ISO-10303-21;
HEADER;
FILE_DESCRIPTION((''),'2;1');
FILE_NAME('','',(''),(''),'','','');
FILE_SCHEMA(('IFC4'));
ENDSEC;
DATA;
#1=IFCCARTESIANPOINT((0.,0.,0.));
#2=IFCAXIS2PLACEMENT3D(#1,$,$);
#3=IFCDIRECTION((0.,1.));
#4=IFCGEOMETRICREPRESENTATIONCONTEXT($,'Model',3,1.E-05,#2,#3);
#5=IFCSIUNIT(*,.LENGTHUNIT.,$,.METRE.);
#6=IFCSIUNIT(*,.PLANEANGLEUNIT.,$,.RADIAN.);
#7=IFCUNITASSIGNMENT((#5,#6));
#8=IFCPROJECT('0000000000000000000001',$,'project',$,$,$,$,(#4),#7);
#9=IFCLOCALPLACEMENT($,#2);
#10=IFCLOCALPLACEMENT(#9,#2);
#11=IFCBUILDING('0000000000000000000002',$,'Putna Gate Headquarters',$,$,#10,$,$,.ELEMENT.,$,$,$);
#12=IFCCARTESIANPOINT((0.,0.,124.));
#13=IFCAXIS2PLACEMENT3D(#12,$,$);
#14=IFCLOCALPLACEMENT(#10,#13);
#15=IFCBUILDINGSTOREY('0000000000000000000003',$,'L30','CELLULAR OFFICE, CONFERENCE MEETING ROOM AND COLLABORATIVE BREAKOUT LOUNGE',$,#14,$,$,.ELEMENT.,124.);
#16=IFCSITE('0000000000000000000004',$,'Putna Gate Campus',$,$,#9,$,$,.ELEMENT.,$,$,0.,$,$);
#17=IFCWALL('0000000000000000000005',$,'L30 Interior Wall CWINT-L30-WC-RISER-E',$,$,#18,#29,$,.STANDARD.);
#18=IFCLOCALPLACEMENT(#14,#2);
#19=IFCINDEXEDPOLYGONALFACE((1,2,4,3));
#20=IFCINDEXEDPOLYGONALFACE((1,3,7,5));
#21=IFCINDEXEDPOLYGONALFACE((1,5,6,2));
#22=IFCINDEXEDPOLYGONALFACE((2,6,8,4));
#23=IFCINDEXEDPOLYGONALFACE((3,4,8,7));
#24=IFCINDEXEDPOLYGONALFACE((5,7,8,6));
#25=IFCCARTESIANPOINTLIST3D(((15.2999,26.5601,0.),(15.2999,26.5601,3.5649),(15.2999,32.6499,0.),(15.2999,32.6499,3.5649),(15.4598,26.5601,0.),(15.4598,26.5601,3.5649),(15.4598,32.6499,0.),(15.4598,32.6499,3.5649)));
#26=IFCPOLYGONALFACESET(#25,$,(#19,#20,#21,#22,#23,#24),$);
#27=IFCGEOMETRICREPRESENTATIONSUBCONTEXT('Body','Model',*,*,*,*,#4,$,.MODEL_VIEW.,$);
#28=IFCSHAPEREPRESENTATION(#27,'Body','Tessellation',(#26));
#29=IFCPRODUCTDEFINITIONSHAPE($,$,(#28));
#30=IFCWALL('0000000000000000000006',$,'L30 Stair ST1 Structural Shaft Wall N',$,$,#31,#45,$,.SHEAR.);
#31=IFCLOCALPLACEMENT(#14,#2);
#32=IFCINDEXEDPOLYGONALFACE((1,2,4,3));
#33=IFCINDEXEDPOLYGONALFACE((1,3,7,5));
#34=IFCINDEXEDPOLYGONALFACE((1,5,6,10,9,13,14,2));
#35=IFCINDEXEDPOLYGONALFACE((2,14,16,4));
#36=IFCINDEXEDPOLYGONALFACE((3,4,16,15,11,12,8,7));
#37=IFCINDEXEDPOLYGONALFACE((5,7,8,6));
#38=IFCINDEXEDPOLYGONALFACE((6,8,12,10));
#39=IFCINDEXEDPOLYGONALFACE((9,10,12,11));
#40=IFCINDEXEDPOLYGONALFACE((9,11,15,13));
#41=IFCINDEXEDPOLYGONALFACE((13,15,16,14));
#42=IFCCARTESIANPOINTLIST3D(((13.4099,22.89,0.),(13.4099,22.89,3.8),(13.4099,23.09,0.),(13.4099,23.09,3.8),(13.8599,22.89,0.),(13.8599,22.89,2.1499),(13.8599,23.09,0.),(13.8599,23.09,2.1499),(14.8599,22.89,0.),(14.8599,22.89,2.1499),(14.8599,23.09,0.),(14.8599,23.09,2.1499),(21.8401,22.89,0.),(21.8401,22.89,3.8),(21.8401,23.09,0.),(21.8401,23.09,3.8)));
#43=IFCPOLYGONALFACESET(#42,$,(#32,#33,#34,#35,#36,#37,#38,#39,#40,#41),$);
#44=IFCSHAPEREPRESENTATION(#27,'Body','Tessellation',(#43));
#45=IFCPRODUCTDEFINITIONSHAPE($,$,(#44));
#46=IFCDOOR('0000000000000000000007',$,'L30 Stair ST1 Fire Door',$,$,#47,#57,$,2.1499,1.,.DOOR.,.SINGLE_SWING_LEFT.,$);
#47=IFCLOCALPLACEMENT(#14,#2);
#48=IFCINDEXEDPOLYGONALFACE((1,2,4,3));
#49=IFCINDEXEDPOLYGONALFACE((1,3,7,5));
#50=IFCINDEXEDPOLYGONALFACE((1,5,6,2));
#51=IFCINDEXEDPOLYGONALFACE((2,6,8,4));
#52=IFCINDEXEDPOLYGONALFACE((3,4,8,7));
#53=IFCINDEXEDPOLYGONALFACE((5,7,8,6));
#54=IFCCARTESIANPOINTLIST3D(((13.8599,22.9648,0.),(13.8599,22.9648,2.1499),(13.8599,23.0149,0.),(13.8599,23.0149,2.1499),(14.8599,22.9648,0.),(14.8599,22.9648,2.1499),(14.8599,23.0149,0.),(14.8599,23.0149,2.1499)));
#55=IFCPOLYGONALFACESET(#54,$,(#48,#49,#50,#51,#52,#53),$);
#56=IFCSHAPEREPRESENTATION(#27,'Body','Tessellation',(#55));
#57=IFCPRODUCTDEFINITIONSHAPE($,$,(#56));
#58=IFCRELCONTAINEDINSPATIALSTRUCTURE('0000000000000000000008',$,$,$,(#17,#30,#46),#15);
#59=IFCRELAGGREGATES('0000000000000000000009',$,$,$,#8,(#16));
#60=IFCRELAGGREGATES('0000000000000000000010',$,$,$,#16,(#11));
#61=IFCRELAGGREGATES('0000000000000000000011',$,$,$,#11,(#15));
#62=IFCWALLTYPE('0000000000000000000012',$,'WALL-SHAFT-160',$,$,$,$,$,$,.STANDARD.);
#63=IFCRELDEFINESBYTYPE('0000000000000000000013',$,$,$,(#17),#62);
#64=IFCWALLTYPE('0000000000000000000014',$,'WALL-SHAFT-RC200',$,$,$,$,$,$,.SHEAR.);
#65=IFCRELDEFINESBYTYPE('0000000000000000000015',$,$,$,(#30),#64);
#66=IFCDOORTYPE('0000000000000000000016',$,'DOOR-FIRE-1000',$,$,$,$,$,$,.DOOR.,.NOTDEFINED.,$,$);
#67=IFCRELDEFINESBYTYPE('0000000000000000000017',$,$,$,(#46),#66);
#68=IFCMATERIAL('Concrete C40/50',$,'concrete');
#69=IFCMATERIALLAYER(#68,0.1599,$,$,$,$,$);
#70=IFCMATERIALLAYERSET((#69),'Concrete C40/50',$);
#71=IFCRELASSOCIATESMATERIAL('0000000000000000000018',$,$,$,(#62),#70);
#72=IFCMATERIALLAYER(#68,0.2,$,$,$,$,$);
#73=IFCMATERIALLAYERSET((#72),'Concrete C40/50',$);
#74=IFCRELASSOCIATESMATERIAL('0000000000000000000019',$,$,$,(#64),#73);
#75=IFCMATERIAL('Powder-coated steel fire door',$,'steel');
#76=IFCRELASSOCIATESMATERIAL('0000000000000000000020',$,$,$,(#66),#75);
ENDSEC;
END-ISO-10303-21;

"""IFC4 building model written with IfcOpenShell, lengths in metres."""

from ifc_helpers import new_model, si_unit, direction, frame, frame_2d, origin, place, context, subcontext, project, spatial, rectangle, extrude, material, layer, layer_set, type_object, element, fill, save


model = new_model("IFC4")

# Units and contexts
model_context = context("Model", 3, precision=1e-05, world=origin(), true_north=direction((0.0, 1.0)))
body_context = subcontext(model_context, "Body", "Model", "MODEL_VIEW")
ifc_project = project(units=[si_unit("LENGTHUNIT", "METRE"), si_unit("PLANEANGLEUNIT", "RADIAN")], contexts=[model_context])

# Site, building, storey
site_placement = place(None, origin())
site = spatial("IfcSite", under=ifc_project, at=site_placement, Name="Putna Gate Campus", CompositionType="ELEMENT", RefElevation=0.0)
building_placement = place(site_placement, origin())
building = spatial("IfcBuilding", under=site, at=building_placement, Name="Putna Gate Headquarters", CompositionType="ELEMENT")
storey_placement = place(building_placement, frame((0.0, 0.0, 124.0)))
storey = spatial("IfcBuildingStorey", under=building, at=storey_placement, Name="L30", Description="CELLULAR OFFICE, CONFERENCE MEETING ROOM AND COLLABORATIVE BREAKOUT LOUNGE", CompositionType="ELEMENT", Elevation=124.0)

# Wall
ifc_material_1 = material(Name="Concrete C40/50", Category="concrete")
ifc_layer_1 = layer(ifc_material_1, 0.1599)
ifc_layer_set_1 = layer_set([ifc_layer_1], Name="Concrete C40/50")
wall_type_1 = type_object("IfcWallType", Name="WALL-SHAFT-160", PredefinedType="STANDARD", material=ifc_layer_set_1)
wall_1_placement = place(storey_placement, frame((15.3799, 26.5601, 0.0), z_axis=(0.0, 0.0, 1.0), x_axis=(0.0, 1.0, 0.0)))
element("IfcWall", 1, at=wall_1_placement, inside=storey, type_object=wall_type_1, Name="L30 Interior Wall CWINT-L30-WC-RISER-E", PredefinedType="STANDARD", context=body_context, shape_type="SweptSolid", body=[
    extrude(rectangle(XDim=6.0898, YDim=0.1599, at=frame_2d((3.0449, 0.0))), origin(), (0.0, 0.0, 1.0), 3.5649),
])

# Wall, opening, door
ifc_layer_2 = layer(ifc_material_1, 0.2)
ifc_layer_set_2 = layer_set([ifc_layer_2], Name="Concrete C40/50")
wall_type_2 = type_object("IfcWallType", Name="WALL-SHAFT-RC200", PredefinedType="SHEAR", material=ifc_layer_set_2)
wall_2_placement = place(storey_placement, frame((13.4099, 22.99, 0.0), z_axis=(0.0, 0.0, 1.0), x_axis=(1.0, 0.0, 0.0)))
wall_2 = element("IfcWall", 2, at=wall_2_placement, inside=storey, type_object=wall_type_2, Name="L30 Stair ST1 Structural Shaft Wall N", PredefinedType="SHEAR", context=body_context, shape_type="SweptSolid", body=[
    extrude(rectangle(XDim=8.4302, YDim=0.2, at=frame_2d((4.2151, 0.0))), origin(), (0.0, 0.0, 1.0), 3.8),
])
opening_1_placement = place(wall_2_placement, frame((0.45, 0.0, 0.0)))
opening_1 = element("IfcOpeningElement", 3, at=opening_1_placement, cuts=wall_2, PredefinedType="OPENING", context=body_context, shape_type="SweptSolid", body=[
    extrude(rectangle(XDim=1.0, YDim=2.1499, at=frame_2d((0.5, 1.075))), frame((0.0, 0.1099, 0.0), z_axis=(0.0, -1.0, 0.0), x_axis=(1.0, 0.0, 0.0)), (0.0, 0.0, 1.0), 0.22),
])
ifc_material_2 = material(Name="Powder-coated steel fire door", Category="steel")
door_type_1 = type_object("IfcDoorType", Name="DOOR-FIRE-1000", OperationType="NOTDEFINED", PredefinedType="DOOR", material=ifc_material_2)
door_1_placement = place(opening_1_placement, origin())
door_1 = element("IfcDoor", 4, at=door_1_placement, inside=storey, type_object=door_type_1, Name="L30 Stair ST1 Fire Door", OperationType="SINGLE_SWING_LEFT", OverallHeight=2.1499, OverallWidth=1.0, PredefinedType="DOOR", context=body_context, shape_type="SweptSolid", body=[
    extrude(rectangle(XDim=1.0, YDim=2.1499, at=frame_2d((0.5, 1.075))), frame((0.0, 0.0249, 0.0), z_axis=(0.0, -1.0, 0.0), x_axis=(1.0, 0.0, 0.0)), (0.0, 0.0, 1.0), 0.05),
])
fill(opening_1, door_1)

save(model, "model.ifc")
